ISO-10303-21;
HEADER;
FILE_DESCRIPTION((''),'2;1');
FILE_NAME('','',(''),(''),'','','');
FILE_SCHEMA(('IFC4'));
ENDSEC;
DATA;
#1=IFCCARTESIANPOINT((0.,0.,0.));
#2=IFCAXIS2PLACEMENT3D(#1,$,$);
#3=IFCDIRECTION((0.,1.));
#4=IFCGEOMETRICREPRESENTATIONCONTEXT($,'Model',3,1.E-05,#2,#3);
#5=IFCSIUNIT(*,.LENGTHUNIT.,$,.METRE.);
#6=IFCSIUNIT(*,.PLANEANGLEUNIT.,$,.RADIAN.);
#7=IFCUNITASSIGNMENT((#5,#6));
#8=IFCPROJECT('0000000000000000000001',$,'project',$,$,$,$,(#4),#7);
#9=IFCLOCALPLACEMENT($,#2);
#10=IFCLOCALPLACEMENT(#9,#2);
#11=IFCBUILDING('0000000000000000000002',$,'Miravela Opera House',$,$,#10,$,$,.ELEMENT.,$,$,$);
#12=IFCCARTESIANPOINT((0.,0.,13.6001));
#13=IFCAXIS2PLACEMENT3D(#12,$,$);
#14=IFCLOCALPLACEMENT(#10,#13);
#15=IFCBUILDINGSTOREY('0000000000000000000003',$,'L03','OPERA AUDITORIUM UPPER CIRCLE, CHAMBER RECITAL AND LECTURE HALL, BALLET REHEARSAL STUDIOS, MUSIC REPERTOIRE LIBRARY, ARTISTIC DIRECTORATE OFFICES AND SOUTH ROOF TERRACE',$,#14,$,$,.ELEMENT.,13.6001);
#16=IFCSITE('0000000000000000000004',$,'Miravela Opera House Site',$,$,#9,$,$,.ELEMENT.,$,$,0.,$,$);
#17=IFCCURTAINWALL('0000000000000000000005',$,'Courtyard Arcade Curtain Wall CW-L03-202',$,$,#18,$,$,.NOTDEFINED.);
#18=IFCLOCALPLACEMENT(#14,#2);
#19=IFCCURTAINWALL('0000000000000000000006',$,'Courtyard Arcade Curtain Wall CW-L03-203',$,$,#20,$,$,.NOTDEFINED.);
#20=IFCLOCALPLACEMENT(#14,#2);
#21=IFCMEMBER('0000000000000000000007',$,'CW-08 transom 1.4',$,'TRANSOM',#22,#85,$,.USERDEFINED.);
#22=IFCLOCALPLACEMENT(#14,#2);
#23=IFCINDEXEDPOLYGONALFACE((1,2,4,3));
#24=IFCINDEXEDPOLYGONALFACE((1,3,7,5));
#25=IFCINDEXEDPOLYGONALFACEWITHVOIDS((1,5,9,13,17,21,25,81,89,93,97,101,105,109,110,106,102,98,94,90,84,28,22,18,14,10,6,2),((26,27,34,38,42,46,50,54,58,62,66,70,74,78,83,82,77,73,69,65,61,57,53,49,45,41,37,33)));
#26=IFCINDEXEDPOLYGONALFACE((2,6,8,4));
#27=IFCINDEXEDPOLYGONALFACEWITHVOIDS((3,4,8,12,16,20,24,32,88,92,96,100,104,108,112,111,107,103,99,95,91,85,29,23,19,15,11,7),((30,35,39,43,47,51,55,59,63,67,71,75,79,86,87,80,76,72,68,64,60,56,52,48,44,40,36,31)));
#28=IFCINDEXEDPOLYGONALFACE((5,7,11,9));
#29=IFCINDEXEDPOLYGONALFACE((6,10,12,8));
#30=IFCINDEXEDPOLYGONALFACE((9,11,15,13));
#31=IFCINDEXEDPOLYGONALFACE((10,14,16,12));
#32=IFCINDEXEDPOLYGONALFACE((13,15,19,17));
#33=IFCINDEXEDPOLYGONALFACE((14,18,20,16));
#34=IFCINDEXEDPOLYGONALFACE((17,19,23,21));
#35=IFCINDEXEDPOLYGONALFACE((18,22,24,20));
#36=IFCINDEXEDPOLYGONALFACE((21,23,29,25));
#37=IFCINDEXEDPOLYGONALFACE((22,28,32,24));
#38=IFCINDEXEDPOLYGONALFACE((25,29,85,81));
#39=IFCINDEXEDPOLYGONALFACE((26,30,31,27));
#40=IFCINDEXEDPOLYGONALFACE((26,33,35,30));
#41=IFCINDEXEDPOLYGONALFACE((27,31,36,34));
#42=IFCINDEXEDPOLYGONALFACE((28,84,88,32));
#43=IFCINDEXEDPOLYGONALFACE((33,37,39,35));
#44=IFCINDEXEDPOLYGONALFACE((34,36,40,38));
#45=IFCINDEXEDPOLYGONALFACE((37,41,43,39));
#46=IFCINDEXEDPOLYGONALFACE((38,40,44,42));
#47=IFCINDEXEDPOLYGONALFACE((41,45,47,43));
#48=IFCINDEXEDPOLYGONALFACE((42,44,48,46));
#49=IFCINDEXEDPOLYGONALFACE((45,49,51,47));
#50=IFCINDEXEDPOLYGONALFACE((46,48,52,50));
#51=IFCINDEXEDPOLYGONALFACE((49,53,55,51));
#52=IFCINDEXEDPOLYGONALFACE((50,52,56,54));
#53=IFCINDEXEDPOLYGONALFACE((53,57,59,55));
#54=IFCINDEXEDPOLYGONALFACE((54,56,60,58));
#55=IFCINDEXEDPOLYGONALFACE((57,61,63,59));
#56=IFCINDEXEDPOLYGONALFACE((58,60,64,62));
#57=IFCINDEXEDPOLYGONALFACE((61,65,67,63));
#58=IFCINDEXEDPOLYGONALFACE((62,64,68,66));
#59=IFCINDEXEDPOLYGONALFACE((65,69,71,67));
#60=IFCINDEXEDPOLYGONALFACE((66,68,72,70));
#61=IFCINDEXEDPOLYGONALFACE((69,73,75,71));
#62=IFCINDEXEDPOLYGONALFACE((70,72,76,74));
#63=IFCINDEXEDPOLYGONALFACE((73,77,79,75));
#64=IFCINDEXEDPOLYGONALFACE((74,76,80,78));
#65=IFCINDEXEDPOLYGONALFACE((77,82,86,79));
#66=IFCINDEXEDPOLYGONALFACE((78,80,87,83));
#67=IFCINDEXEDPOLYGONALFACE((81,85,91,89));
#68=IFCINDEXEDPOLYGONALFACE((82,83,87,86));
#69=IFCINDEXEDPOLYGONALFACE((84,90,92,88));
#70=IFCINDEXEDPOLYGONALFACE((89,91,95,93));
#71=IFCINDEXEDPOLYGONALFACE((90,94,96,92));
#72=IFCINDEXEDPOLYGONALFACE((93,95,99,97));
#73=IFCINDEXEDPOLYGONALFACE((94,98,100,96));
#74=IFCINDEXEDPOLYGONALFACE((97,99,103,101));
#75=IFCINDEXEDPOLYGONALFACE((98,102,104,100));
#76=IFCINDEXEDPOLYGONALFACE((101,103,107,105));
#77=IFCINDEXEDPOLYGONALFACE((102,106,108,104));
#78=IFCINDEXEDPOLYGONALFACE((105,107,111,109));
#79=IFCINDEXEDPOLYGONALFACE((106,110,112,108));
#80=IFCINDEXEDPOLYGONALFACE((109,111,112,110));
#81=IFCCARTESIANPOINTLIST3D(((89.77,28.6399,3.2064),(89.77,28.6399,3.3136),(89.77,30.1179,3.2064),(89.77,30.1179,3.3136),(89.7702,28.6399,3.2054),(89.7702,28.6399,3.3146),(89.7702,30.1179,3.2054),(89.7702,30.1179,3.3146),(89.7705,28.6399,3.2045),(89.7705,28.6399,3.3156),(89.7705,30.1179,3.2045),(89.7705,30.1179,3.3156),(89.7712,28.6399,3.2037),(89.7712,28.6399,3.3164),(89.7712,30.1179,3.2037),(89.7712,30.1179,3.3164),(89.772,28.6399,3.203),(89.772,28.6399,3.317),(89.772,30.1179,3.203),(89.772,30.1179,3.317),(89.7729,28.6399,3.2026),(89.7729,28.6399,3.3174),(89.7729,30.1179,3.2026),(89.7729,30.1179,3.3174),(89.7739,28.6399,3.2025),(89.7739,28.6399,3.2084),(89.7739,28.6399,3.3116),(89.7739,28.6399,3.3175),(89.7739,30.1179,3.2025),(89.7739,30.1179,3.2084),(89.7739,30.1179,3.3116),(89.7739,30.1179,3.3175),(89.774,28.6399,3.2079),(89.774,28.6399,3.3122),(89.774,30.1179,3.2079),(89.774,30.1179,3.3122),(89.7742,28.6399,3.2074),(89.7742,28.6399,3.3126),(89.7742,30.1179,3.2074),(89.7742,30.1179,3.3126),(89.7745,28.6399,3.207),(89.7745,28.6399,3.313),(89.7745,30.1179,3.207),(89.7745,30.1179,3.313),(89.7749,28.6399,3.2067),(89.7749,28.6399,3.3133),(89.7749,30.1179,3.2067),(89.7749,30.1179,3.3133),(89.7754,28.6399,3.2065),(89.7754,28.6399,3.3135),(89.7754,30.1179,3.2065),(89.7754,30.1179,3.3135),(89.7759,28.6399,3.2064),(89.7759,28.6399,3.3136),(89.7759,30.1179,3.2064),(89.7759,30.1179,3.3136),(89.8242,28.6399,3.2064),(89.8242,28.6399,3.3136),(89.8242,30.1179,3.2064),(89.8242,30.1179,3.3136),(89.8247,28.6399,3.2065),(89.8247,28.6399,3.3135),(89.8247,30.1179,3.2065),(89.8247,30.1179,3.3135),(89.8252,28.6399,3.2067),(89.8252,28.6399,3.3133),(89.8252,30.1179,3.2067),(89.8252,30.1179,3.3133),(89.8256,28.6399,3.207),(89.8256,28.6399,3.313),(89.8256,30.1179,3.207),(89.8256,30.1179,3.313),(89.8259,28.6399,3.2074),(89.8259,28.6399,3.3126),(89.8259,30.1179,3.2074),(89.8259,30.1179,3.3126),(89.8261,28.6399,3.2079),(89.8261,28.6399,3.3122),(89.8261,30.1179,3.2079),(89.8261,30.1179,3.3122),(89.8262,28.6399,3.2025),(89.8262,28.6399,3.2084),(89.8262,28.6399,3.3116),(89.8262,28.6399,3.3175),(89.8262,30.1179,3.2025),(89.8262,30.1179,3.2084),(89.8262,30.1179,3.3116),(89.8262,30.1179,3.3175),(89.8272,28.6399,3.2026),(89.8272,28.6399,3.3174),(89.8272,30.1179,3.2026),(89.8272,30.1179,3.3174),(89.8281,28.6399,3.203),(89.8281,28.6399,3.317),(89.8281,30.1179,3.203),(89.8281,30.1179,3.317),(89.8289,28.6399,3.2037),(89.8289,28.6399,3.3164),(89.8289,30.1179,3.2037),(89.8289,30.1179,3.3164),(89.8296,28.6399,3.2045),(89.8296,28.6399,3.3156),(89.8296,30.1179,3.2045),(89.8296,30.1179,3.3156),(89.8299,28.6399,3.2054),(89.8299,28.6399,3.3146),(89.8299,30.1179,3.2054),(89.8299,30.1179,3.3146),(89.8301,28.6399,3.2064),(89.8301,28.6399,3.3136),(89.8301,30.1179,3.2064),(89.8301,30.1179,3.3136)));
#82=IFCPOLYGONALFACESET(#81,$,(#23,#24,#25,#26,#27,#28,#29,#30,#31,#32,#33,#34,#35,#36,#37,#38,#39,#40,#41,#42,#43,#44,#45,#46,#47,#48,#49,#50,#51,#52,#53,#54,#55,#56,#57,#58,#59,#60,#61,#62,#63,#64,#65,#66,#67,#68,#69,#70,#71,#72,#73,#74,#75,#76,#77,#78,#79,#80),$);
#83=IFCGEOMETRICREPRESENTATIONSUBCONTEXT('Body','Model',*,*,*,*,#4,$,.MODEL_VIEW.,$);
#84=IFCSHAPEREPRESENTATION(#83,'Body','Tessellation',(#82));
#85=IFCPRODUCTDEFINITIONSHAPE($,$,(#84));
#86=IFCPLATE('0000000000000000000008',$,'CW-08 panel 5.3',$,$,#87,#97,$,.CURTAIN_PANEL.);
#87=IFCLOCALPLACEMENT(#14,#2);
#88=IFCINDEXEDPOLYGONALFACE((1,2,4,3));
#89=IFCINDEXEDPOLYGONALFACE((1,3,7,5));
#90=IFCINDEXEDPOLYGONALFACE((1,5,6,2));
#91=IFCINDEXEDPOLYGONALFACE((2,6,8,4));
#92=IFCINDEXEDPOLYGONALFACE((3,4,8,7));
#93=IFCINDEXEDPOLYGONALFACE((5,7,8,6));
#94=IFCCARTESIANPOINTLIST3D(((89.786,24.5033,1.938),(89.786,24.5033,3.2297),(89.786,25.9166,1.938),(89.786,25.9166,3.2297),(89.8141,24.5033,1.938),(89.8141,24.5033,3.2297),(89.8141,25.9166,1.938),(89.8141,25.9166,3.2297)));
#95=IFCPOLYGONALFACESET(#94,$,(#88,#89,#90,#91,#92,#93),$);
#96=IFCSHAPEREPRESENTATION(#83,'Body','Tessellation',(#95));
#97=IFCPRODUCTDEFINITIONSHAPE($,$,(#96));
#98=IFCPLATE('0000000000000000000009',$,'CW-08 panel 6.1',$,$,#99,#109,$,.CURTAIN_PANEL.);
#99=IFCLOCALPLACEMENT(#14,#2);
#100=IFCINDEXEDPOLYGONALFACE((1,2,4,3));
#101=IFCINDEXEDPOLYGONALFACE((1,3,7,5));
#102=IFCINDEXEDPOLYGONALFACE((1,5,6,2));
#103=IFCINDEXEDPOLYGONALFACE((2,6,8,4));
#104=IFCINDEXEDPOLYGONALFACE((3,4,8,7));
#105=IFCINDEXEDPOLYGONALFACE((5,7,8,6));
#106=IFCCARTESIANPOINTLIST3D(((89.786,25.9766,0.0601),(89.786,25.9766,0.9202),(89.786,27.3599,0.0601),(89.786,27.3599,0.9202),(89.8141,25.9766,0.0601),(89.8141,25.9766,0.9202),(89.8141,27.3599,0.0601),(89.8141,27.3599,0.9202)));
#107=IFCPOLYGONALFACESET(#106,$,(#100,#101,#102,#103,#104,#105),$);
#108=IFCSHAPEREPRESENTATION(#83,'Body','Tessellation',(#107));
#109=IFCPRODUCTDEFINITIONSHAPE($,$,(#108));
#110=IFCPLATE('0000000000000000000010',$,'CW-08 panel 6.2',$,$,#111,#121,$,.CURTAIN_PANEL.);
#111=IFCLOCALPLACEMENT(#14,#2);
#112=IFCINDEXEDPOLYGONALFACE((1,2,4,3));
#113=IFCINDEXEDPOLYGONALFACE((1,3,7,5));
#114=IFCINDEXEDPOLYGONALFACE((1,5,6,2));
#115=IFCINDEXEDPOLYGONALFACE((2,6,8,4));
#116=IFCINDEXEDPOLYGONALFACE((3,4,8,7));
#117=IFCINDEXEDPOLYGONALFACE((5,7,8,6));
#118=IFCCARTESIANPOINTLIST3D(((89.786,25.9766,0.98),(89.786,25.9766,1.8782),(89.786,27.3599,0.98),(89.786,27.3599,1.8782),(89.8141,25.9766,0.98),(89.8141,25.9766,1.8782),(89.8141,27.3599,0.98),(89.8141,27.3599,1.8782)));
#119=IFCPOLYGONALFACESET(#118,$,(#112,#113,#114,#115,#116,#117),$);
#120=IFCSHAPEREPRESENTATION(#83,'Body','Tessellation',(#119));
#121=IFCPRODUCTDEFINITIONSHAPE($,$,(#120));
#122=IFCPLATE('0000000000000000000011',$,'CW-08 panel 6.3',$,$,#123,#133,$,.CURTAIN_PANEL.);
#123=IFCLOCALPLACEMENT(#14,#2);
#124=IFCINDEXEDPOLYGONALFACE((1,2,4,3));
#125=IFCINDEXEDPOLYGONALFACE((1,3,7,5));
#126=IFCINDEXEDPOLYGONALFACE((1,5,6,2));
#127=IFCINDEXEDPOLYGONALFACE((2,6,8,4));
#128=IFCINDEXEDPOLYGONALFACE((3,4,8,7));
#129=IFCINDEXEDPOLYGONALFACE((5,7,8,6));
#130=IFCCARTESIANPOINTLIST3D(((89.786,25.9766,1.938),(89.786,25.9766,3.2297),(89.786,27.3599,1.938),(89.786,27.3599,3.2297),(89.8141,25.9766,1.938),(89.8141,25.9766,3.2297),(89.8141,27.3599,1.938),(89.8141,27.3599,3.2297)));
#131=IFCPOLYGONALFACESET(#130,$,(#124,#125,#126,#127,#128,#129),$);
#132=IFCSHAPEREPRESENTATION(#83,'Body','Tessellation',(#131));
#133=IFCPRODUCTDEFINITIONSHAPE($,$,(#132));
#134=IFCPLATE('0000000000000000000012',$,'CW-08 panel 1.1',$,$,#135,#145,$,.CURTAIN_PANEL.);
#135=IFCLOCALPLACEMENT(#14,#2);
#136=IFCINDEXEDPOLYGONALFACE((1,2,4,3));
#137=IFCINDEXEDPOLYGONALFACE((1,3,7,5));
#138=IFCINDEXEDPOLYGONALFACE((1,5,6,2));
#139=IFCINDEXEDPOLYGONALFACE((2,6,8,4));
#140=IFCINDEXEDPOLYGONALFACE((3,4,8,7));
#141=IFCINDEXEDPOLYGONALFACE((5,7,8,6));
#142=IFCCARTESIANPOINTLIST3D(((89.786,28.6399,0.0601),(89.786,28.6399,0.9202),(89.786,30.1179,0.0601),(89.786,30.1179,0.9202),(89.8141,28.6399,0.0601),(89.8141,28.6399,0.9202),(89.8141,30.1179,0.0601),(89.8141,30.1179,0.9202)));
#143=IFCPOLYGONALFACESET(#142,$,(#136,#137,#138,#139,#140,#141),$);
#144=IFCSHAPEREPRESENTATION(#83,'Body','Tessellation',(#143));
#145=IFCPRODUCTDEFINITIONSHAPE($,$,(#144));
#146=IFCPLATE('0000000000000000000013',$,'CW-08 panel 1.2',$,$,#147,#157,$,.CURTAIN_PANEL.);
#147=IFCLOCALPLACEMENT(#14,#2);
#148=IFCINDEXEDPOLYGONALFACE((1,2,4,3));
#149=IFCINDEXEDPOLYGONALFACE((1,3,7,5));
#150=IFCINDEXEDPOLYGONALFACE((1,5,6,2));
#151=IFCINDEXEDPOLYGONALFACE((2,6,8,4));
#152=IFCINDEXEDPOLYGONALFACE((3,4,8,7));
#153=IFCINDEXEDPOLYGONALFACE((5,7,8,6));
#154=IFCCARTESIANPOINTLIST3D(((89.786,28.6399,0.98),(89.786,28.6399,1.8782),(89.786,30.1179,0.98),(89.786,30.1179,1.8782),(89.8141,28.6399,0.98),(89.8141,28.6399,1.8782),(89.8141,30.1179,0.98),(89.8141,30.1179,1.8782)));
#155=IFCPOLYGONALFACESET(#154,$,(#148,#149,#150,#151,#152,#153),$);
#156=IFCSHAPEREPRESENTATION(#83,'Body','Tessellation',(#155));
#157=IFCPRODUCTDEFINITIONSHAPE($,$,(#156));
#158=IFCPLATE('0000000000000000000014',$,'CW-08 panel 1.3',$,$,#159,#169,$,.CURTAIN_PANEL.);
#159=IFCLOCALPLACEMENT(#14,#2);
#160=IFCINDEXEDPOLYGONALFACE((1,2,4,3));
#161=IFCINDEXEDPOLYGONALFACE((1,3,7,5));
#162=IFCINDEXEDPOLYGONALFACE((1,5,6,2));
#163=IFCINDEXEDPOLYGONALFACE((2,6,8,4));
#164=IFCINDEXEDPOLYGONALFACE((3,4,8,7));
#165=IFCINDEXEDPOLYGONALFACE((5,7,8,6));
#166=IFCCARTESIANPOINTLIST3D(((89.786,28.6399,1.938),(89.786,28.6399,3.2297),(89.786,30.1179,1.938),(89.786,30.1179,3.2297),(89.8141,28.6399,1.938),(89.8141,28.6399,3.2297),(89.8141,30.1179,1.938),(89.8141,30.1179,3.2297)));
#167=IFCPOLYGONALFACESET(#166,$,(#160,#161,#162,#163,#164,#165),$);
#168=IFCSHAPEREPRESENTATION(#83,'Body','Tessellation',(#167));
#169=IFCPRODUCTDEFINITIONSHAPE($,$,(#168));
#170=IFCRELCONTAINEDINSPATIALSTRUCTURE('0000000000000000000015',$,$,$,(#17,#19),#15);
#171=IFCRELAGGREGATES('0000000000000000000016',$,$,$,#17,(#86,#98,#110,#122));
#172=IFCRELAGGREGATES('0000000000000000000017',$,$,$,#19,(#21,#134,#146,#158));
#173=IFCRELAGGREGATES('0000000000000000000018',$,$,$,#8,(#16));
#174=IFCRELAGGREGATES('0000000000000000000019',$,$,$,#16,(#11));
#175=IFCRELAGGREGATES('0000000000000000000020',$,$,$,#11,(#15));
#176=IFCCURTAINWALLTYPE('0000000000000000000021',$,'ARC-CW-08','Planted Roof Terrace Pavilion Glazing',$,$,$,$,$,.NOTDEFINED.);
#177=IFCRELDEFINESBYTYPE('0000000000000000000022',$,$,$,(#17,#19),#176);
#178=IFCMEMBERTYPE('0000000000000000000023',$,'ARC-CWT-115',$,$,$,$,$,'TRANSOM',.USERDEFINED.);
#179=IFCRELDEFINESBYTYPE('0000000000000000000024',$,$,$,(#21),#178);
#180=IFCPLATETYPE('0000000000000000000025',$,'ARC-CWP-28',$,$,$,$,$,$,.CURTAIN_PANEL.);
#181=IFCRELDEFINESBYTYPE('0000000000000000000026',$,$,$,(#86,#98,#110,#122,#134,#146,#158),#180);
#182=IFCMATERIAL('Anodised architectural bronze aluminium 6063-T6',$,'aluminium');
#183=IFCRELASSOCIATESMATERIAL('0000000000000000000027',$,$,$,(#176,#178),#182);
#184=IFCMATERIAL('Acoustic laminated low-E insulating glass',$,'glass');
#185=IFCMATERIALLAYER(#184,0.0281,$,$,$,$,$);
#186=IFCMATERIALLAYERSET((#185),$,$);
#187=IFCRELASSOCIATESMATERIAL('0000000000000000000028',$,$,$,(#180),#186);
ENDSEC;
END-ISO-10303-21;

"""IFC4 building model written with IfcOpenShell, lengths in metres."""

from ifc_helpers import new_model, si_unit, direction, frame, origin, origin_2d, place, context, subcontext, project, spatial, rectangle, hollow_rectangle, extrude, material, layer, layer_set, material_profile, profile_set, type_object, element, aggregate, save


model = new_model("IFC4")

# Units and contexts
model_context = context("Model", 3, precision=1e-05, world=origin(), true_north=direction((0.0, 1.0)))
body_context = subcontext(model_context, "Body", "Model", "MODEL_VIEW")
ifc_project = project(units=[si_unit("LENGTHUNIT", "METRE"), si_unit("PLANEANGLEUNIT", "RADIAN")], contexts=[model_context])

# Site, building, storey
site_placement = place(None, origin())
site = spatial("IfcSite", under=ifc_project, at=site_placement, Name="Miravela Opera House Site", CompositionType="ELEMENT", RefElevation=0.0)
building_placement = place(site_placement, origin())
building = spatial("IfcBuilding", under=site, at=building_placement, Name="Miravela Opera House", CompositionType="ELEMENT")
storey_placement = place(building_placement, frame((0.0, 0.0, 13.6001)))
storey = spatial("IfcBuildingStorey", under=building, at=storey_placement, Name="L03", Description="OPERA AUDITORIUM UPPER CIRCLE, CHAMBER RECITAL AND LECTURE HALL, BALLET REHEARSAL STUDIOS, MUSIC REPERTOIRE LIBRARY, ARTISTIC DIRECTORATE OFFICES AND SOUTH ROOF TERRACE", CompositionType="ELEMENT", Elevation=13.6001)

# Curtain wall
ifc_material_1 = material(Name="Anodised architectural bronze aluminium 6063-T6", Category="aluminium")
curtain_wall_type = type_object("IfcCurtainWallType", Name="ARC-CW-08", Description="Planted Roof Terrace Pavilion Glazing", PredefinedType="NOTDEFINED", material=ifc_material_1)
curtain_wall_1_placement = place(storey_placement, origin())
curtain_wall_1 = element("IfcCurtainWall", 1, at=curtain_wall_1_placement, inside=storey, type_object=curtain_wall_type, Name="Courtyard Arcade Curtain Wall CW-L03-202", PredefinedType="NOTDEFINED")

# Curtain wall
curtain_wall_2_placement = place(storey_placement, origin())
curtain_wall_2 = element("IfcCurtainWall", 2, at=curtain_wall_2_placement, inside=storey, type_object=curtain_wall_type, Name="Courtyard Arcade Curtain Wall CW-L03-203", PredefinedType="NOTDEFINED")

# Member
ifc_material_profile_1 = material_profile(ifc_material_1, hollow_rectangle(XDim=0.0601, YDim=0.115, WallThickness=0.0039, InnerFilletRadius=0.002, OuterFilletRadius=0.0039, at=origin_2d()), Name="CWT-60X115")
ifc_profile_set_1 = profile_set([ifc_material_profile_1])
member_type_1 = type_object("IfcMemberType", Name="ARC-CWT-115", ElementType="TRANSOM", PredefinedType="USERDEFINED", material=ifc_profile_set_1)
member_1_placement = place(storey_placement, frame((89.8, 28.6399, 3.26), z_axis=(0.0, 1.0, 0.0), x_axis=(-1.0, 0.0, 0.0)))
member_1 = element("IfcMember", 3, at=member_1_placement, type_object=member_type_1, Name="CW-08 transom 1.4", ObjectType="TRANSOM", PredefinedType="USERDEFINED", context=body_context, shape_type="SweptSolid", body=[
    extrude(hollow_rectangle(XDim=0.0601, YDim=0.115, WallThickness=0.0039, InnerFilletRadius=0.002, OuterFilletRadius=0.0039, at=origin_2d()), origin(), (0.0, 0.0, 1.0), 1.478),
])

# Plates
ifc_material_2 = material(Name="Acoustic laminated low-E insulating glass", Category="glass")
ifc_layer_1 = layer(ifc_material_2, 0.0281)
ifc_layer_set_1 = layer_set([ifc_layer_1])
plate_type = type_object("IfcPlateType", Name="ARC-CWP-28", PredefinedType="CURTAIN_PANEL", material=ifc_layer_set_1)
plate_1_placement = place(storey_placement, frame((89.8, 25.21, 1.938), z_axis=(0.0, 0.0, 1.0), x_axis=(0.0, 1.0, 0.0)))
plate_1 = element("IfcPlate", 4, at=plate_1_placement, type_object=plate_type, Name="CW-08 panel 5.3", PredefinedType="CURTAIN_PANEL", context=body_context, shape_type="SweptSolid", body=[
    extrude(rectangle(XDim=1.4133, YDim=0.0281, at=origin_2d()), origin(), (0.0, 0.0, 1.0), 1.2917),
])
plate_2_placement = place(storey_placement, frame((89.8, 26.6682, 0.0601), z_axis=(0.0, 0.0, 1.0), x_axis=(0.0, 1.0, 0.0)))
plate_2 = element("IfcPlate", 5, at=plate_2_placement, type_object=plate_type, Name="CW-08 panel 6.1", PredefinedType="CURTAIN_PANEL", context=body_context, shape_type="SweptSolid", body=[
    extrude(rectangle(XDim=1.3833, YDim=0.0281, at=origin_2d()), origin(), (0.0, 0.0, 1.0), 0.8601),
])
plate_3_placement = place(storey_placement, frame((89.8, 26.6682, 0.98), z_axis=(0.0, 0.0, 1.0), x_axis=(0.0, 1.0, 0.0)))
plate_3 = element("IfcPlate", 6, at=plate_3_placement, type_object=plate_type, Name="CW-08 panel 6.2", PredefinedType="CURTAIN_PANEL", context=body_context, shape_type="SweptSolid", body=[
    extrude(rectangle(XDim=1.3833, YDim=0.0281, at=origin_2d()), origin(), (0.0, 0.0, 1.0), 0.8982),
])
plate_4_placement = place(storey_placement, frame((89.8, 26.6682, 1.938), z_axis=(0.0, 0.0, 1.0), x_axis=(0.0, 1.0, 0.0)))
plate_4 = element("IfcPlate", 7, at=plate_4_placement, type_object=plate_type, Name="CW-08 panel 6.3", PredefinedType="CURTAIN_PANEL", context=body_context, shape_type="SweptSolid", body=[
    extrude(rectangle(XDim=1.3833, YDim=0.0281, at=origin_2d()), origin(), (0.0, 0.0, 1.0), 1.2917),
])
aggregate(curtain_wall_1, [plate_1, plate_2, plate_3, plate_4])
plate_5_placement = place(storey_placement, frame((89.8, 29.3789, 0.0601), z_axis=(0.0, 0.0, 1.0), x_axis=(0.0, 1.0, 0.0)))
plate_5 = element("IfcPlate", 8, at=plate_5_placement, type_object=plate_type, Name="CW-08 panel 1.1", PredefinedType="CURTAIN_PANEL", context=body_context, shape_type="SweptSolid", body=[
    extrude(rectangle(XDim=1.478, YDim=0.0281, at=origin_2d()), origin(), (0.0, 0.0, 1.0), 0.8601),
])
plate_6_placement = place(storey_placement, frame((89.8, 29.3789, 0.98), z_axis=(0.0, 0.0, 1.0), x_axis=(0.0, 1.0, 0.0)))
plate_6 = element("IfcPlate", 9, at=plate_6_placement, type_object=plate_type, Name="CW-08 panel 1.2", PredefinedType="CURTAIN_PANEL", context=body_context, shape_type="SweptSolid", body=[
    extrude(rectangle(XDim=1.478, YDim=0.0281, at=origin_2d()), origin(), (0.0, 0.0, 1.0), 0.8982),
])
plate_7_placement = place(storey_placement, frame((89.8, 29.3789, 1.938), z_axis=(0.0, 0.0, 1.0), x_axis=(0.0, 1.0, 0.0)))
plate_7 = element("IfcPlate", 10, at=plate_7_placement, type_object=plate_type, Name="CW-08 panel 1.3", PredefinedType="CURTAIN_PANEL", context=body_context, shape_type="SweptSolid", body=[
    extrude(rectangle(XDim=1.478, YDim=0.0281, at=origin_2d()), origin(), (0.0, 0.0, 1.0), 1.2917),
])
aggregate(curtain_wall_2, [member_1, plate_5, plate_6, plate_7])

save(model, "model.ifc")
